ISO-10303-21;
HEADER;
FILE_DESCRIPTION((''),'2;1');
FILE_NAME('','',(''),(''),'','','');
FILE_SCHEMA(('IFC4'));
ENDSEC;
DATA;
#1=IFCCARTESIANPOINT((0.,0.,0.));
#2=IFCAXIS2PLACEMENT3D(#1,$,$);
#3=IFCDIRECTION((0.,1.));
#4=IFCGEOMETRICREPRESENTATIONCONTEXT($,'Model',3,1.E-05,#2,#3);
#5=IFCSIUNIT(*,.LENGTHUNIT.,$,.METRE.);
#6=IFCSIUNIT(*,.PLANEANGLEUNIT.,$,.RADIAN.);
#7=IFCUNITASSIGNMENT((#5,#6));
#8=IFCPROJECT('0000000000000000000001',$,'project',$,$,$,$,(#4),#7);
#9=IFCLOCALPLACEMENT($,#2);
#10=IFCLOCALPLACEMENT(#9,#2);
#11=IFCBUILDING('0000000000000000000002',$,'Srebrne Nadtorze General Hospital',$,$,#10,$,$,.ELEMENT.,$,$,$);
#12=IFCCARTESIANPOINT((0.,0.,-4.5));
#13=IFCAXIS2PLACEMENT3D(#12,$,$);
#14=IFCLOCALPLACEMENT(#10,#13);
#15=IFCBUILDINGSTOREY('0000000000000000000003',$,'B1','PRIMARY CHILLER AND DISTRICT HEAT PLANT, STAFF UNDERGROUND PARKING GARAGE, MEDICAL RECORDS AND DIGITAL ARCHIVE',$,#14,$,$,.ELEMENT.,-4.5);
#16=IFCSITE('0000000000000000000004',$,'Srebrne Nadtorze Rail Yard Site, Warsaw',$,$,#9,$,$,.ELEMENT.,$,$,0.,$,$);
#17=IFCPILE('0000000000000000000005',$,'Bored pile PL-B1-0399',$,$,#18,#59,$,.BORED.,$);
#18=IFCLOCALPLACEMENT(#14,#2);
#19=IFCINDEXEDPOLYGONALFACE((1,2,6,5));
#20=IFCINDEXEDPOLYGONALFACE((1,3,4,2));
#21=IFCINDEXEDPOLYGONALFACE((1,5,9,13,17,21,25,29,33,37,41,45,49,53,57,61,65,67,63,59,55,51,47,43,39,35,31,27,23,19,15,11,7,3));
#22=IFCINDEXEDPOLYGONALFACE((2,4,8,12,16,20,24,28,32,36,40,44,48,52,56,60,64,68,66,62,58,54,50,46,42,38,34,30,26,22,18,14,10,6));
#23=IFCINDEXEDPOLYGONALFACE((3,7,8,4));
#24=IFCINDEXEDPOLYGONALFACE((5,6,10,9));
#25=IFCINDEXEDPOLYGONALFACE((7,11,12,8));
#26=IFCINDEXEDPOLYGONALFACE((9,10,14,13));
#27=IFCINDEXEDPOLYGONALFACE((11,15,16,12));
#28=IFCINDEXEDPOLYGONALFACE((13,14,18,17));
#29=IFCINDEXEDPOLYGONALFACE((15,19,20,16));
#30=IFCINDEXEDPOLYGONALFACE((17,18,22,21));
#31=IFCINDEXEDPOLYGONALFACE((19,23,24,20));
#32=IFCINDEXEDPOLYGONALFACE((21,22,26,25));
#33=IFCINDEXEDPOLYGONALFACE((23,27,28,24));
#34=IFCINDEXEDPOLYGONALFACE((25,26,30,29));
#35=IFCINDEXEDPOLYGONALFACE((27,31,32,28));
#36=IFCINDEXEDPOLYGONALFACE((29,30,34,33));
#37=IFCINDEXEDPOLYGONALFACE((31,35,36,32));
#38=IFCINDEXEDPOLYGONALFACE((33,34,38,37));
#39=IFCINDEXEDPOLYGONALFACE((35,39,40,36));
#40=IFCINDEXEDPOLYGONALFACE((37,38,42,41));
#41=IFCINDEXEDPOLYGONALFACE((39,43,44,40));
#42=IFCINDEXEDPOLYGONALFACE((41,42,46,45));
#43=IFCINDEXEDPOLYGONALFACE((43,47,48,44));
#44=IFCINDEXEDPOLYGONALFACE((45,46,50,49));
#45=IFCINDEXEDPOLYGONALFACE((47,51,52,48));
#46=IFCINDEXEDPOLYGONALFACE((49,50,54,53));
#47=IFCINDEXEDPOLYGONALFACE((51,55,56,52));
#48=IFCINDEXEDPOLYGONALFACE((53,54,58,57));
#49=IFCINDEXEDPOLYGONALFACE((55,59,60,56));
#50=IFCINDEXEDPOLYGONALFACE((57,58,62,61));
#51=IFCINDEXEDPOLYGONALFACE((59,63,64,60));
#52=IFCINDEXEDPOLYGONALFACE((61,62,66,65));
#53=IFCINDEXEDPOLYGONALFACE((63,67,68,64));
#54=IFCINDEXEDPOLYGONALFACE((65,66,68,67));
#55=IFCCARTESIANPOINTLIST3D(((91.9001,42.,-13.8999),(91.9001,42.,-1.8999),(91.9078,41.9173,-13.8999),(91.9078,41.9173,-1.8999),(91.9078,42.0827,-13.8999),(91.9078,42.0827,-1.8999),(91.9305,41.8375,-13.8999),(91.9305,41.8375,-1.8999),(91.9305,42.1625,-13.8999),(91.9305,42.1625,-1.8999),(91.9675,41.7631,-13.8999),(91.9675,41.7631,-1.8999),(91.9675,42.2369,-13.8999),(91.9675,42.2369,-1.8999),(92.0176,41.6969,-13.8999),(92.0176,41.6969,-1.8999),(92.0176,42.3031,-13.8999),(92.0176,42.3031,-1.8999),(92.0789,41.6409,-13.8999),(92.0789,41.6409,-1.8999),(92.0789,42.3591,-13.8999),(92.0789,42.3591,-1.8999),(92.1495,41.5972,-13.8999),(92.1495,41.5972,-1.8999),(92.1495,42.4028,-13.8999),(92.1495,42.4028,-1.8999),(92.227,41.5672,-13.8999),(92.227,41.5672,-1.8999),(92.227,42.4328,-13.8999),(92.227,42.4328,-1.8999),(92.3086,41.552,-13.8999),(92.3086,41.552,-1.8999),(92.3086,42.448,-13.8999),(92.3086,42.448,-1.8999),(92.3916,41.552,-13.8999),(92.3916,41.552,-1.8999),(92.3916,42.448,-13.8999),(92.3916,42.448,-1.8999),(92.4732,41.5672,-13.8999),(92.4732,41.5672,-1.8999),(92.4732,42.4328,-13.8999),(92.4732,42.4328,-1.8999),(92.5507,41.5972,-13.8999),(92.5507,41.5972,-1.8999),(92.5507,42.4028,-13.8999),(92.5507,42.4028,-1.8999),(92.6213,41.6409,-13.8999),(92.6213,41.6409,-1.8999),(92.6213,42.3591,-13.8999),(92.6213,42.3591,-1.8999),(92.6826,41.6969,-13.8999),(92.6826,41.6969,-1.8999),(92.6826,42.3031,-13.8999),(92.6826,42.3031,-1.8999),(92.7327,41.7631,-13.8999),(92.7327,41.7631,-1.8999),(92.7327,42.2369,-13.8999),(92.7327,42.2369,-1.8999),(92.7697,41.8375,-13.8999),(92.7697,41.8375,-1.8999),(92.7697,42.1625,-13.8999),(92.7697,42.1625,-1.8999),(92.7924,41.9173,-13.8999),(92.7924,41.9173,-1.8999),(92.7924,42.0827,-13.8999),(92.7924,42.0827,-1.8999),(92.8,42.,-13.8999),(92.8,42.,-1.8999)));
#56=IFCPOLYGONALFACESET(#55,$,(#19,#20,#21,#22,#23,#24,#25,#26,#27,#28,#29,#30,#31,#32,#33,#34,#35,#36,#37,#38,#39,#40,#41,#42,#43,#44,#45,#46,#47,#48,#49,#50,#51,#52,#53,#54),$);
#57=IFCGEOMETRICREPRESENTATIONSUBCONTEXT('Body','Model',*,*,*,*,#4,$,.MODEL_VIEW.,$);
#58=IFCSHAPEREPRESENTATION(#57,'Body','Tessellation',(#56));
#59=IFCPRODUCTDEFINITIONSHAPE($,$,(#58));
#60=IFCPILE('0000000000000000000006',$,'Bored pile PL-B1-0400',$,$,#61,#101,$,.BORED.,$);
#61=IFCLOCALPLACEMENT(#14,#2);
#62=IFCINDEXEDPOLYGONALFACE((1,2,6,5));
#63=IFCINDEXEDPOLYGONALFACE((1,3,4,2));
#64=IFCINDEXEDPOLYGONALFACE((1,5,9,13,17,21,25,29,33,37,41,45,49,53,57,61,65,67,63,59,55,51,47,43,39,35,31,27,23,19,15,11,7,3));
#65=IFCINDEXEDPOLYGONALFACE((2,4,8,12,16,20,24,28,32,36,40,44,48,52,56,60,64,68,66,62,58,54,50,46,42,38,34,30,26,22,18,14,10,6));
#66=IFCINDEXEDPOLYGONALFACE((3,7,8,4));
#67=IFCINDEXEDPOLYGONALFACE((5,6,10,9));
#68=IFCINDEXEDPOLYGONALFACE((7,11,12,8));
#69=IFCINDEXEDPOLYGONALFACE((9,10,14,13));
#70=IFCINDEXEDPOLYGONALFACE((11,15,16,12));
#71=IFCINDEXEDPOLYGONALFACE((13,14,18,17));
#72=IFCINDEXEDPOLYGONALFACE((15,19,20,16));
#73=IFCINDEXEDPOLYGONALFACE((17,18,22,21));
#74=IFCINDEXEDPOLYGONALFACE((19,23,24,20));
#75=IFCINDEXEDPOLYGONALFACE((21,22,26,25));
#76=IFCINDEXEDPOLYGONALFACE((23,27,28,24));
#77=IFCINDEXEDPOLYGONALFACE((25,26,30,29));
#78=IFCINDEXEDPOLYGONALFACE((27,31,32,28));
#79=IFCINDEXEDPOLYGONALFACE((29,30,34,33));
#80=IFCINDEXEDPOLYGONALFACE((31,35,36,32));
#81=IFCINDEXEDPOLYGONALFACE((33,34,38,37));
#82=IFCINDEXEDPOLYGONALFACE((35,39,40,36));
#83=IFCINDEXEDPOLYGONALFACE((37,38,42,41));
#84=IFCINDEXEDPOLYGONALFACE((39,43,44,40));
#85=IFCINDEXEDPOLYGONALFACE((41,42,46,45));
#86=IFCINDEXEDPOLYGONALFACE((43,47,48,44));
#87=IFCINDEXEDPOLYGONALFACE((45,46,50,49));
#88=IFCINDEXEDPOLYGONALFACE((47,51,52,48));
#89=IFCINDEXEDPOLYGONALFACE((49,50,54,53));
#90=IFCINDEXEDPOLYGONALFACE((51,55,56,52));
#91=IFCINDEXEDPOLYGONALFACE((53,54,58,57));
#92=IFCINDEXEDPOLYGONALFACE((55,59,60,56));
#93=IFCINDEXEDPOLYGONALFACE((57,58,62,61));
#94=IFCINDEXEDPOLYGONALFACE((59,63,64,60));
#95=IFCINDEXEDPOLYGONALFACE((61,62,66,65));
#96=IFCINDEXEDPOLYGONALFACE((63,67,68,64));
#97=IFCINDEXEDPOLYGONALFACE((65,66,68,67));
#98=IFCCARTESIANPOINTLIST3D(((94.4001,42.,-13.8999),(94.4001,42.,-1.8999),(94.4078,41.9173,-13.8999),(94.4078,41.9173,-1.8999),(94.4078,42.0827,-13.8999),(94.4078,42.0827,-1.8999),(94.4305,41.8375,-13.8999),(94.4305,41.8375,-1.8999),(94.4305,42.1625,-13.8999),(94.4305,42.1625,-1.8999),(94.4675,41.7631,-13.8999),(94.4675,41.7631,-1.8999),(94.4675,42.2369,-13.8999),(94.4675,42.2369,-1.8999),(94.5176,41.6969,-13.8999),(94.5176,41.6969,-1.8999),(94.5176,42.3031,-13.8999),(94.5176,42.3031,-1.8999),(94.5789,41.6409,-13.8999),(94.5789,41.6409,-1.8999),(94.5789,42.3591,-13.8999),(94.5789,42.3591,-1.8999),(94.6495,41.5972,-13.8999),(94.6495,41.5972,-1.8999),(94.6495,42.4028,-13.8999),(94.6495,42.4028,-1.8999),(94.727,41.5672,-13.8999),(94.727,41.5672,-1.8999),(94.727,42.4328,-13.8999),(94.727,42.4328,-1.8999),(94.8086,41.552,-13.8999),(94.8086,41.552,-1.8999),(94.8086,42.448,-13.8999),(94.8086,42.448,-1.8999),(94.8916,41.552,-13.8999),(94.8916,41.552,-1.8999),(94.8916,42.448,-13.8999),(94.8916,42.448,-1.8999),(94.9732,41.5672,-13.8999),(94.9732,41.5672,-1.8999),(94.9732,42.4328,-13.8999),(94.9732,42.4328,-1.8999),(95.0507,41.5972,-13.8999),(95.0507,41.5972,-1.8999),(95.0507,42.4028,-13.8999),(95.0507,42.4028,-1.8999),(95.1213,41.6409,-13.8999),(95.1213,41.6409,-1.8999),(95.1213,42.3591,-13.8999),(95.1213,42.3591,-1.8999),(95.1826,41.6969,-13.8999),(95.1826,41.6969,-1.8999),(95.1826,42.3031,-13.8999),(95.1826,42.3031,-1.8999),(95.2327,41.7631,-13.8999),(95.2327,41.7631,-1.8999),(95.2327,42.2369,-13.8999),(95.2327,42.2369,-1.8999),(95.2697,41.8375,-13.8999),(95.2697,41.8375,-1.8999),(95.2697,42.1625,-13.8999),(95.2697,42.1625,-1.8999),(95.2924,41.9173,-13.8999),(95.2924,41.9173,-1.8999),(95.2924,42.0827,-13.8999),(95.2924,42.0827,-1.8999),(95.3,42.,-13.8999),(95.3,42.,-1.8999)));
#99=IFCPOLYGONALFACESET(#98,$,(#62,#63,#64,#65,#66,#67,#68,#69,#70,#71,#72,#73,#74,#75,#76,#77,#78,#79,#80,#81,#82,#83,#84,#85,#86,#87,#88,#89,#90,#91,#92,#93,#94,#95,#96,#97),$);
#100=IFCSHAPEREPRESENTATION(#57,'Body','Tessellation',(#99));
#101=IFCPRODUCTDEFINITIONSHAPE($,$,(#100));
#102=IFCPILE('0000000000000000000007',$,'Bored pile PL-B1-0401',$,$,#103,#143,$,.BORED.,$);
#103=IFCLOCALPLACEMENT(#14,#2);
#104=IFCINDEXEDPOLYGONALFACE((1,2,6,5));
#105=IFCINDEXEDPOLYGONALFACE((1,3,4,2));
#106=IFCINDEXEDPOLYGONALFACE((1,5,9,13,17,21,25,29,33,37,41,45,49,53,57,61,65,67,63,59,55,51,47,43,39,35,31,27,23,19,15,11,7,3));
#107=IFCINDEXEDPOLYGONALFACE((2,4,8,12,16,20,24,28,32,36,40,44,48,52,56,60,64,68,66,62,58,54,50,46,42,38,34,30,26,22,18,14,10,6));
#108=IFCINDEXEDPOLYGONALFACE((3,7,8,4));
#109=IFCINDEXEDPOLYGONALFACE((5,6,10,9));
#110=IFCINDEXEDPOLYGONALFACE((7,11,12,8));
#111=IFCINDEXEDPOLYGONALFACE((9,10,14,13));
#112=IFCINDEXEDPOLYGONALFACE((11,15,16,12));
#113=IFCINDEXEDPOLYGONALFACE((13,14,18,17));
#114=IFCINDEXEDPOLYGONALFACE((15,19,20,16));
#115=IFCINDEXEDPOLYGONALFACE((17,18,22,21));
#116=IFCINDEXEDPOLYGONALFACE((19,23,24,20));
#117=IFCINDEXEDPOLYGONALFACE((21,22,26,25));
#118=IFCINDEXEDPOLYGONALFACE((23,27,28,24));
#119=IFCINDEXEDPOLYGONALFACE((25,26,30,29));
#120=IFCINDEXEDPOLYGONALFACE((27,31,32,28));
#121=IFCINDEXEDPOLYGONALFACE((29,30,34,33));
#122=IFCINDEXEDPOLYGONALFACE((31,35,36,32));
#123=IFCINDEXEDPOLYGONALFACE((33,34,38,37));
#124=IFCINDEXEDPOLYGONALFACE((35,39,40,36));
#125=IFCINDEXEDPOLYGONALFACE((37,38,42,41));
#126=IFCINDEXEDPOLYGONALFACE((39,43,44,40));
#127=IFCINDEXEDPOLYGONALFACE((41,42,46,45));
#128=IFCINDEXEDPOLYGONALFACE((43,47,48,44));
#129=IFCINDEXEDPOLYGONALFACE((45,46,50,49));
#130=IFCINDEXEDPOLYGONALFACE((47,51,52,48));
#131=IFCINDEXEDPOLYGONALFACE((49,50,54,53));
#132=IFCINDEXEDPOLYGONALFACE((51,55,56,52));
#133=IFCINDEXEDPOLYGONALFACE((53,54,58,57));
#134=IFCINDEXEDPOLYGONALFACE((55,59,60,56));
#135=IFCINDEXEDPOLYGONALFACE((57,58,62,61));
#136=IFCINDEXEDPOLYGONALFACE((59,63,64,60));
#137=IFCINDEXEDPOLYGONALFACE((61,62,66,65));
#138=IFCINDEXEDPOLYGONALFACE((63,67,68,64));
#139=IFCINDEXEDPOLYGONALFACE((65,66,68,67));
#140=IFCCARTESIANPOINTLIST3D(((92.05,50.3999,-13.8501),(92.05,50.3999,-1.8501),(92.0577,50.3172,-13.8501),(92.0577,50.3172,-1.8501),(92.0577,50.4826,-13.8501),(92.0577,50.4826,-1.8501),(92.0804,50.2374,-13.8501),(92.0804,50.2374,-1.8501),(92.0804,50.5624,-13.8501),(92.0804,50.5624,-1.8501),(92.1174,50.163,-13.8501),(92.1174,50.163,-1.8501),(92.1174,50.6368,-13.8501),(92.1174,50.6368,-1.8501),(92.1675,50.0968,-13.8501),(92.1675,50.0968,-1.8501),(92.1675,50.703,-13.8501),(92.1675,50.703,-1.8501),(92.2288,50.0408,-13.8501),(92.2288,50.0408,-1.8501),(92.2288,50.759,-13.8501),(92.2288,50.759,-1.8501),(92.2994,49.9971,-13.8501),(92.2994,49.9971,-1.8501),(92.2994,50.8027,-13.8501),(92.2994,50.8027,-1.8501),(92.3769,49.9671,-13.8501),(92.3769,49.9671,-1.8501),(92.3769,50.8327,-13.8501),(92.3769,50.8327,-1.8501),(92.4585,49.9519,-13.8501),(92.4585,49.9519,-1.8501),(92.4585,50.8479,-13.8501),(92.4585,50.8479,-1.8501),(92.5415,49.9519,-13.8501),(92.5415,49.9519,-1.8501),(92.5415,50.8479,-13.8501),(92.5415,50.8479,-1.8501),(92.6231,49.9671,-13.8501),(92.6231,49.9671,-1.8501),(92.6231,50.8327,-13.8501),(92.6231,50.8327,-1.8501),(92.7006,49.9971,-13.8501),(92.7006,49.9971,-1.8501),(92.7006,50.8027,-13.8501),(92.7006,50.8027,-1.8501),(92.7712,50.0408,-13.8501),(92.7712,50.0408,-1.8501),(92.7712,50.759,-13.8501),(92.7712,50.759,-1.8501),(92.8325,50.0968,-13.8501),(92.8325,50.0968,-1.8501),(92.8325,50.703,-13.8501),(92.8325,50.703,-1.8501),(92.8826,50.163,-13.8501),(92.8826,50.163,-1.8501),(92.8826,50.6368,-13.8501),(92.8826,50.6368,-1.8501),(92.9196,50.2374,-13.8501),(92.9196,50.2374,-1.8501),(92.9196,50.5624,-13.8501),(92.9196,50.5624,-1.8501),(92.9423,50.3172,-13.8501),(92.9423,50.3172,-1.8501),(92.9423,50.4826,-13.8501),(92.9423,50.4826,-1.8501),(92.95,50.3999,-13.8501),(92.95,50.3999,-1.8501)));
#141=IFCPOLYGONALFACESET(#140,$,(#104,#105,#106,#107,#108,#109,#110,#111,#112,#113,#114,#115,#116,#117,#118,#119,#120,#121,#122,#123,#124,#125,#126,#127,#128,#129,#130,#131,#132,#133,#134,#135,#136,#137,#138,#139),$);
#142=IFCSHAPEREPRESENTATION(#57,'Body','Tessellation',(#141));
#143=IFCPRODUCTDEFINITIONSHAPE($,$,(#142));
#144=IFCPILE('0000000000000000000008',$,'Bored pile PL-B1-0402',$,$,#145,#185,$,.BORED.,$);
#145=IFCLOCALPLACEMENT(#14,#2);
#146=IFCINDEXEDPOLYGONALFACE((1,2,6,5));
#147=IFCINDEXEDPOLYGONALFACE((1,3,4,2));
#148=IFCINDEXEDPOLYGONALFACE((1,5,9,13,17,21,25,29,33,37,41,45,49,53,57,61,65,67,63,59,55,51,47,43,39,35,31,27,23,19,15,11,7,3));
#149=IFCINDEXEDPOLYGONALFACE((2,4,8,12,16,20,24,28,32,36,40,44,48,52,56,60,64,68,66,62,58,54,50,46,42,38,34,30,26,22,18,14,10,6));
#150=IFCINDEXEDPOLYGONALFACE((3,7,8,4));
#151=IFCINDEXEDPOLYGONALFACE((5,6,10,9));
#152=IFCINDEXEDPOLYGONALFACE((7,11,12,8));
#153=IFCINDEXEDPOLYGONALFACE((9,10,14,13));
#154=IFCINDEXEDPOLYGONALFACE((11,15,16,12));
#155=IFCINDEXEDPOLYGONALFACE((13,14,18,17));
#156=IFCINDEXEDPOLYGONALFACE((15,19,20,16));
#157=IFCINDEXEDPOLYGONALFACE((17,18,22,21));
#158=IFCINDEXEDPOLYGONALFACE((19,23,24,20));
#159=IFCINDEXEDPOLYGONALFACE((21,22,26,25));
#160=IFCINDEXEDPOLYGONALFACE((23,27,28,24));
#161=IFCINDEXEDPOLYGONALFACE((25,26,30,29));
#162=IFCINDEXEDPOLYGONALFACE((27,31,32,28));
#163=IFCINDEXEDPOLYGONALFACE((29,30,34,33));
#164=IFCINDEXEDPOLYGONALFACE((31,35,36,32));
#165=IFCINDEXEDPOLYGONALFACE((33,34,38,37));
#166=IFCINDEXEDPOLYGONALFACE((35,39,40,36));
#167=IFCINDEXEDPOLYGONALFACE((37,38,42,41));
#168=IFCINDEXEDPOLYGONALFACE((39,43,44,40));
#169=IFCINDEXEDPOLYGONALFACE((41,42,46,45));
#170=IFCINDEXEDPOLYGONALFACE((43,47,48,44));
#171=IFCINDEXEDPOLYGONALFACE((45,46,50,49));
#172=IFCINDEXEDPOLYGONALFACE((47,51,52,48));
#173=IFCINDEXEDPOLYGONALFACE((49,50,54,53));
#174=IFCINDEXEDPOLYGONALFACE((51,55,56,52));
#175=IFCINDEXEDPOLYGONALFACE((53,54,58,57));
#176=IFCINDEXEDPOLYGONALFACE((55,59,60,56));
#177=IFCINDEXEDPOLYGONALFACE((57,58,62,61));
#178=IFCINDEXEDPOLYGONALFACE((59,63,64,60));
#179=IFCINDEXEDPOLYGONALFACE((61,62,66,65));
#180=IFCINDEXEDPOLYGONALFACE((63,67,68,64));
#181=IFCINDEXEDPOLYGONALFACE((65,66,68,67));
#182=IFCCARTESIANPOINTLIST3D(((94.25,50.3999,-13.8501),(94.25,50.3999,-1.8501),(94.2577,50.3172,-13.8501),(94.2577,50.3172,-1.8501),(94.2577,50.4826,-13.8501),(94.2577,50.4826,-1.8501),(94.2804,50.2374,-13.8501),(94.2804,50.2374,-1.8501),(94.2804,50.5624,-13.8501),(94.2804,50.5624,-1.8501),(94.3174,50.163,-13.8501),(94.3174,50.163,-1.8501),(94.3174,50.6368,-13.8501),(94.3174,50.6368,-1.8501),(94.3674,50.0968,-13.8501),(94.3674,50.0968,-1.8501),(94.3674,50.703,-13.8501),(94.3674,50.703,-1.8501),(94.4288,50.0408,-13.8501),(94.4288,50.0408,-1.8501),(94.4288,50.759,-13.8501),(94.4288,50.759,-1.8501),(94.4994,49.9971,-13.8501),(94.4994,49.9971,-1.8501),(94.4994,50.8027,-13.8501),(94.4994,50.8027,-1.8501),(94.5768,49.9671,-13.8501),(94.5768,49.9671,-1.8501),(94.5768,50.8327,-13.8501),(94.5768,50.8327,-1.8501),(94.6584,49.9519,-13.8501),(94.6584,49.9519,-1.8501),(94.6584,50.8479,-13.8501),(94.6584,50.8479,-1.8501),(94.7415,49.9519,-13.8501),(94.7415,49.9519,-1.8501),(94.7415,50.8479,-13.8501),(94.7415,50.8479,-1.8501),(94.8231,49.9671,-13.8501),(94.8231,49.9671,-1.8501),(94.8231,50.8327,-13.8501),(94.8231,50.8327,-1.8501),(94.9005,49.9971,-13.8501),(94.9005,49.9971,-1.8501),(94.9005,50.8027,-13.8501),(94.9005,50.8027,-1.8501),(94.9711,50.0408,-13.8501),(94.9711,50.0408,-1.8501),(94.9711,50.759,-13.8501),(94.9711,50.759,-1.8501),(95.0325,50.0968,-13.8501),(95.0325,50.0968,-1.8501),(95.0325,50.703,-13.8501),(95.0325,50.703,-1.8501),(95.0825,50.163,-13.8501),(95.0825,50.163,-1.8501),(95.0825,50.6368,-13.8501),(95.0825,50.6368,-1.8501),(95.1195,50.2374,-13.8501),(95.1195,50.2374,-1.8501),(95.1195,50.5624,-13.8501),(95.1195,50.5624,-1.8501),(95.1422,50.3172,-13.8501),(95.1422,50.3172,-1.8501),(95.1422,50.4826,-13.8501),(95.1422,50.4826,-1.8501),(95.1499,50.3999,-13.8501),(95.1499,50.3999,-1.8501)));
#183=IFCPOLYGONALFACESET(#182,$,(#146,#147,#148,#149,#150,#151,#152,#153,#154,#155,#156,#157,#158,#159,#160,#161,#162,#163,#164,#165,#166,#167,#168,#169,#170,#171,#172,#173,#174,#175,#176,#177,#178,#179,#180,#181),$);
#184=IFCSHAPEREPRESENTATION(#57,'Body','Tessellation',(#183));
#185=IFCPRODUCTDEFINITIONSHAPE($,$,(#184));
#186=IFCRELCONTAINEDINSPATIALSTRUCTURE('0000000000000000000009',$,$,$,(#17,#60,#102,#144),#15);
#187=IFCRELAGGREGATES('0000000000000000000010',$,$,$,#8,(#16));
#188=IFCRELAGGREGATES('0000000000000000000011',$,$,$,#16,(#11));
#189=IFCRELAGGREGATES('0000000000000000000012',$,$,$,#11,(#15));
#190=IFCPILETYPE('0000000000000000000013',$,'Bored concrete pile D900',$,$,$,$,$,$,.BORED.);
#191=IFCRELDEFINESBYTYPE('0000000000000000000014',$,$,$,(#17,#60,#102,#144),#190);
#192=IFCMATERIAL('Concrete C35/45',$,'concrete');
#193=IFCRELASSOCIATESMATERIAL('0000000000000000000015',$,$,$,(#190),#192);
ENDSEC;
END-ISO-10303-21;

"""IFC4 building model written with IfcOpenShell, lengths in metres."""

from ifc_helpers import new_model, si_unit, direction, frame, origin, origin_2d, place, context, subcontext, project, spatial, circle, extrude, material, material_profile, profile_set, type_object, element, save


model = new_model("IFC4")

# Units and contexts
model_context = context("Model", 3, precision=1e-05, world=origin(), true_north=direction((0.0, 1.0)))
body_context = subcontext(model_context, "Body", "Model", "MODEL_VIEW")
ifc_project = project(units=[si_unit("LENGTHUNIT", "METRE"), si_unit("PLANEANGLEUNIT", "RADIAN")], contexts=[model_context])

# Site, building, storey
site_placement = place(None, origin())
site = spatial("IfcSite", under=ifc_project, at=site_placement, Name="Srebrne Nadtorze Rail Yard Site, Warsaw", CompositionType="ELEMENT", RefElevation=0.0)
building_placement = place(site_placement, origin())
building = spatial("IfcBuilding", under=site, at=building_placement, Name="Srebrne Nadtorze General Hospital", CompositionType="ELEMENT")
storey_placement = place(building_placement, frame((0.0, 0.0, -4.5)))
storey = spatial("IfcBuildingStorey", under=building, at=storey_placement, Name="B1", Description="PRIMARY CHILLER AND DISTRICT HEAT PLANT, STAFF UNDERGROUND PARKING GARAGE, MEDICAL RECORDS AND DIGITAL ARCHIVE", CompositionType="ELEMENT", Elevation=-4.5)

# Piles
ifc_material_1 = material(Name="Concrete C35/45", Category="concrete")
ifc_material_profile_1 = material_profile(ifc_material_1, circle(Radius=0.45, at=origin_2d()), Name="PILE-D900")
ifc_profile_set_1 = profile_set([ifc_material_profile_1], Name="Concrete C35/45")
pile_type_1 = type_object("IfcPileType", Name="Bored concrete pile D900", PredefinedType="BORED", material=ifc_profile_set_1)
for number, where, z_axis, x_axis, name in (
    (1, (92.3501, 42.0, -1.8999), (0.0, 0.0, -1.0), (1.0, 0.0, 0.0), "Bored pile PL-B1-0399"),
    (2, (94.8501, 42.0, -1.8999), (0.0, 0.0, -1.0), (1.0, 0.0, 0.0), "Bored pile PL-B1-0400"),
    (3, (92.5, 50.3999, -1.8501), (0.0, 0.0, -1.0), (1.0, 0.0, 0.0), "Bored pile PL-B1-0401"),
    (4, (94.7, 50.3999, -1.8501), (0.0, 0.0, -1.0), (1.0, 0.0, 0.0), "Bored pile PL-B1-0402"),
):
    element("IfcPile", number, at=place(storey_placement, frame(where, z_axis=z_axis, x_axis=x_axis)), inside=storey, type_object=pile_type_1, Name=name, PredefinedType="BORED", context=body_context, shape_type="SweptSolid", body=[
        extrude(circle(Radius=0.45, at=origin_2d()), origin(), (0.0, 0.0, 1.0), 12.0),
    ])

save(model, "model.ifc")
